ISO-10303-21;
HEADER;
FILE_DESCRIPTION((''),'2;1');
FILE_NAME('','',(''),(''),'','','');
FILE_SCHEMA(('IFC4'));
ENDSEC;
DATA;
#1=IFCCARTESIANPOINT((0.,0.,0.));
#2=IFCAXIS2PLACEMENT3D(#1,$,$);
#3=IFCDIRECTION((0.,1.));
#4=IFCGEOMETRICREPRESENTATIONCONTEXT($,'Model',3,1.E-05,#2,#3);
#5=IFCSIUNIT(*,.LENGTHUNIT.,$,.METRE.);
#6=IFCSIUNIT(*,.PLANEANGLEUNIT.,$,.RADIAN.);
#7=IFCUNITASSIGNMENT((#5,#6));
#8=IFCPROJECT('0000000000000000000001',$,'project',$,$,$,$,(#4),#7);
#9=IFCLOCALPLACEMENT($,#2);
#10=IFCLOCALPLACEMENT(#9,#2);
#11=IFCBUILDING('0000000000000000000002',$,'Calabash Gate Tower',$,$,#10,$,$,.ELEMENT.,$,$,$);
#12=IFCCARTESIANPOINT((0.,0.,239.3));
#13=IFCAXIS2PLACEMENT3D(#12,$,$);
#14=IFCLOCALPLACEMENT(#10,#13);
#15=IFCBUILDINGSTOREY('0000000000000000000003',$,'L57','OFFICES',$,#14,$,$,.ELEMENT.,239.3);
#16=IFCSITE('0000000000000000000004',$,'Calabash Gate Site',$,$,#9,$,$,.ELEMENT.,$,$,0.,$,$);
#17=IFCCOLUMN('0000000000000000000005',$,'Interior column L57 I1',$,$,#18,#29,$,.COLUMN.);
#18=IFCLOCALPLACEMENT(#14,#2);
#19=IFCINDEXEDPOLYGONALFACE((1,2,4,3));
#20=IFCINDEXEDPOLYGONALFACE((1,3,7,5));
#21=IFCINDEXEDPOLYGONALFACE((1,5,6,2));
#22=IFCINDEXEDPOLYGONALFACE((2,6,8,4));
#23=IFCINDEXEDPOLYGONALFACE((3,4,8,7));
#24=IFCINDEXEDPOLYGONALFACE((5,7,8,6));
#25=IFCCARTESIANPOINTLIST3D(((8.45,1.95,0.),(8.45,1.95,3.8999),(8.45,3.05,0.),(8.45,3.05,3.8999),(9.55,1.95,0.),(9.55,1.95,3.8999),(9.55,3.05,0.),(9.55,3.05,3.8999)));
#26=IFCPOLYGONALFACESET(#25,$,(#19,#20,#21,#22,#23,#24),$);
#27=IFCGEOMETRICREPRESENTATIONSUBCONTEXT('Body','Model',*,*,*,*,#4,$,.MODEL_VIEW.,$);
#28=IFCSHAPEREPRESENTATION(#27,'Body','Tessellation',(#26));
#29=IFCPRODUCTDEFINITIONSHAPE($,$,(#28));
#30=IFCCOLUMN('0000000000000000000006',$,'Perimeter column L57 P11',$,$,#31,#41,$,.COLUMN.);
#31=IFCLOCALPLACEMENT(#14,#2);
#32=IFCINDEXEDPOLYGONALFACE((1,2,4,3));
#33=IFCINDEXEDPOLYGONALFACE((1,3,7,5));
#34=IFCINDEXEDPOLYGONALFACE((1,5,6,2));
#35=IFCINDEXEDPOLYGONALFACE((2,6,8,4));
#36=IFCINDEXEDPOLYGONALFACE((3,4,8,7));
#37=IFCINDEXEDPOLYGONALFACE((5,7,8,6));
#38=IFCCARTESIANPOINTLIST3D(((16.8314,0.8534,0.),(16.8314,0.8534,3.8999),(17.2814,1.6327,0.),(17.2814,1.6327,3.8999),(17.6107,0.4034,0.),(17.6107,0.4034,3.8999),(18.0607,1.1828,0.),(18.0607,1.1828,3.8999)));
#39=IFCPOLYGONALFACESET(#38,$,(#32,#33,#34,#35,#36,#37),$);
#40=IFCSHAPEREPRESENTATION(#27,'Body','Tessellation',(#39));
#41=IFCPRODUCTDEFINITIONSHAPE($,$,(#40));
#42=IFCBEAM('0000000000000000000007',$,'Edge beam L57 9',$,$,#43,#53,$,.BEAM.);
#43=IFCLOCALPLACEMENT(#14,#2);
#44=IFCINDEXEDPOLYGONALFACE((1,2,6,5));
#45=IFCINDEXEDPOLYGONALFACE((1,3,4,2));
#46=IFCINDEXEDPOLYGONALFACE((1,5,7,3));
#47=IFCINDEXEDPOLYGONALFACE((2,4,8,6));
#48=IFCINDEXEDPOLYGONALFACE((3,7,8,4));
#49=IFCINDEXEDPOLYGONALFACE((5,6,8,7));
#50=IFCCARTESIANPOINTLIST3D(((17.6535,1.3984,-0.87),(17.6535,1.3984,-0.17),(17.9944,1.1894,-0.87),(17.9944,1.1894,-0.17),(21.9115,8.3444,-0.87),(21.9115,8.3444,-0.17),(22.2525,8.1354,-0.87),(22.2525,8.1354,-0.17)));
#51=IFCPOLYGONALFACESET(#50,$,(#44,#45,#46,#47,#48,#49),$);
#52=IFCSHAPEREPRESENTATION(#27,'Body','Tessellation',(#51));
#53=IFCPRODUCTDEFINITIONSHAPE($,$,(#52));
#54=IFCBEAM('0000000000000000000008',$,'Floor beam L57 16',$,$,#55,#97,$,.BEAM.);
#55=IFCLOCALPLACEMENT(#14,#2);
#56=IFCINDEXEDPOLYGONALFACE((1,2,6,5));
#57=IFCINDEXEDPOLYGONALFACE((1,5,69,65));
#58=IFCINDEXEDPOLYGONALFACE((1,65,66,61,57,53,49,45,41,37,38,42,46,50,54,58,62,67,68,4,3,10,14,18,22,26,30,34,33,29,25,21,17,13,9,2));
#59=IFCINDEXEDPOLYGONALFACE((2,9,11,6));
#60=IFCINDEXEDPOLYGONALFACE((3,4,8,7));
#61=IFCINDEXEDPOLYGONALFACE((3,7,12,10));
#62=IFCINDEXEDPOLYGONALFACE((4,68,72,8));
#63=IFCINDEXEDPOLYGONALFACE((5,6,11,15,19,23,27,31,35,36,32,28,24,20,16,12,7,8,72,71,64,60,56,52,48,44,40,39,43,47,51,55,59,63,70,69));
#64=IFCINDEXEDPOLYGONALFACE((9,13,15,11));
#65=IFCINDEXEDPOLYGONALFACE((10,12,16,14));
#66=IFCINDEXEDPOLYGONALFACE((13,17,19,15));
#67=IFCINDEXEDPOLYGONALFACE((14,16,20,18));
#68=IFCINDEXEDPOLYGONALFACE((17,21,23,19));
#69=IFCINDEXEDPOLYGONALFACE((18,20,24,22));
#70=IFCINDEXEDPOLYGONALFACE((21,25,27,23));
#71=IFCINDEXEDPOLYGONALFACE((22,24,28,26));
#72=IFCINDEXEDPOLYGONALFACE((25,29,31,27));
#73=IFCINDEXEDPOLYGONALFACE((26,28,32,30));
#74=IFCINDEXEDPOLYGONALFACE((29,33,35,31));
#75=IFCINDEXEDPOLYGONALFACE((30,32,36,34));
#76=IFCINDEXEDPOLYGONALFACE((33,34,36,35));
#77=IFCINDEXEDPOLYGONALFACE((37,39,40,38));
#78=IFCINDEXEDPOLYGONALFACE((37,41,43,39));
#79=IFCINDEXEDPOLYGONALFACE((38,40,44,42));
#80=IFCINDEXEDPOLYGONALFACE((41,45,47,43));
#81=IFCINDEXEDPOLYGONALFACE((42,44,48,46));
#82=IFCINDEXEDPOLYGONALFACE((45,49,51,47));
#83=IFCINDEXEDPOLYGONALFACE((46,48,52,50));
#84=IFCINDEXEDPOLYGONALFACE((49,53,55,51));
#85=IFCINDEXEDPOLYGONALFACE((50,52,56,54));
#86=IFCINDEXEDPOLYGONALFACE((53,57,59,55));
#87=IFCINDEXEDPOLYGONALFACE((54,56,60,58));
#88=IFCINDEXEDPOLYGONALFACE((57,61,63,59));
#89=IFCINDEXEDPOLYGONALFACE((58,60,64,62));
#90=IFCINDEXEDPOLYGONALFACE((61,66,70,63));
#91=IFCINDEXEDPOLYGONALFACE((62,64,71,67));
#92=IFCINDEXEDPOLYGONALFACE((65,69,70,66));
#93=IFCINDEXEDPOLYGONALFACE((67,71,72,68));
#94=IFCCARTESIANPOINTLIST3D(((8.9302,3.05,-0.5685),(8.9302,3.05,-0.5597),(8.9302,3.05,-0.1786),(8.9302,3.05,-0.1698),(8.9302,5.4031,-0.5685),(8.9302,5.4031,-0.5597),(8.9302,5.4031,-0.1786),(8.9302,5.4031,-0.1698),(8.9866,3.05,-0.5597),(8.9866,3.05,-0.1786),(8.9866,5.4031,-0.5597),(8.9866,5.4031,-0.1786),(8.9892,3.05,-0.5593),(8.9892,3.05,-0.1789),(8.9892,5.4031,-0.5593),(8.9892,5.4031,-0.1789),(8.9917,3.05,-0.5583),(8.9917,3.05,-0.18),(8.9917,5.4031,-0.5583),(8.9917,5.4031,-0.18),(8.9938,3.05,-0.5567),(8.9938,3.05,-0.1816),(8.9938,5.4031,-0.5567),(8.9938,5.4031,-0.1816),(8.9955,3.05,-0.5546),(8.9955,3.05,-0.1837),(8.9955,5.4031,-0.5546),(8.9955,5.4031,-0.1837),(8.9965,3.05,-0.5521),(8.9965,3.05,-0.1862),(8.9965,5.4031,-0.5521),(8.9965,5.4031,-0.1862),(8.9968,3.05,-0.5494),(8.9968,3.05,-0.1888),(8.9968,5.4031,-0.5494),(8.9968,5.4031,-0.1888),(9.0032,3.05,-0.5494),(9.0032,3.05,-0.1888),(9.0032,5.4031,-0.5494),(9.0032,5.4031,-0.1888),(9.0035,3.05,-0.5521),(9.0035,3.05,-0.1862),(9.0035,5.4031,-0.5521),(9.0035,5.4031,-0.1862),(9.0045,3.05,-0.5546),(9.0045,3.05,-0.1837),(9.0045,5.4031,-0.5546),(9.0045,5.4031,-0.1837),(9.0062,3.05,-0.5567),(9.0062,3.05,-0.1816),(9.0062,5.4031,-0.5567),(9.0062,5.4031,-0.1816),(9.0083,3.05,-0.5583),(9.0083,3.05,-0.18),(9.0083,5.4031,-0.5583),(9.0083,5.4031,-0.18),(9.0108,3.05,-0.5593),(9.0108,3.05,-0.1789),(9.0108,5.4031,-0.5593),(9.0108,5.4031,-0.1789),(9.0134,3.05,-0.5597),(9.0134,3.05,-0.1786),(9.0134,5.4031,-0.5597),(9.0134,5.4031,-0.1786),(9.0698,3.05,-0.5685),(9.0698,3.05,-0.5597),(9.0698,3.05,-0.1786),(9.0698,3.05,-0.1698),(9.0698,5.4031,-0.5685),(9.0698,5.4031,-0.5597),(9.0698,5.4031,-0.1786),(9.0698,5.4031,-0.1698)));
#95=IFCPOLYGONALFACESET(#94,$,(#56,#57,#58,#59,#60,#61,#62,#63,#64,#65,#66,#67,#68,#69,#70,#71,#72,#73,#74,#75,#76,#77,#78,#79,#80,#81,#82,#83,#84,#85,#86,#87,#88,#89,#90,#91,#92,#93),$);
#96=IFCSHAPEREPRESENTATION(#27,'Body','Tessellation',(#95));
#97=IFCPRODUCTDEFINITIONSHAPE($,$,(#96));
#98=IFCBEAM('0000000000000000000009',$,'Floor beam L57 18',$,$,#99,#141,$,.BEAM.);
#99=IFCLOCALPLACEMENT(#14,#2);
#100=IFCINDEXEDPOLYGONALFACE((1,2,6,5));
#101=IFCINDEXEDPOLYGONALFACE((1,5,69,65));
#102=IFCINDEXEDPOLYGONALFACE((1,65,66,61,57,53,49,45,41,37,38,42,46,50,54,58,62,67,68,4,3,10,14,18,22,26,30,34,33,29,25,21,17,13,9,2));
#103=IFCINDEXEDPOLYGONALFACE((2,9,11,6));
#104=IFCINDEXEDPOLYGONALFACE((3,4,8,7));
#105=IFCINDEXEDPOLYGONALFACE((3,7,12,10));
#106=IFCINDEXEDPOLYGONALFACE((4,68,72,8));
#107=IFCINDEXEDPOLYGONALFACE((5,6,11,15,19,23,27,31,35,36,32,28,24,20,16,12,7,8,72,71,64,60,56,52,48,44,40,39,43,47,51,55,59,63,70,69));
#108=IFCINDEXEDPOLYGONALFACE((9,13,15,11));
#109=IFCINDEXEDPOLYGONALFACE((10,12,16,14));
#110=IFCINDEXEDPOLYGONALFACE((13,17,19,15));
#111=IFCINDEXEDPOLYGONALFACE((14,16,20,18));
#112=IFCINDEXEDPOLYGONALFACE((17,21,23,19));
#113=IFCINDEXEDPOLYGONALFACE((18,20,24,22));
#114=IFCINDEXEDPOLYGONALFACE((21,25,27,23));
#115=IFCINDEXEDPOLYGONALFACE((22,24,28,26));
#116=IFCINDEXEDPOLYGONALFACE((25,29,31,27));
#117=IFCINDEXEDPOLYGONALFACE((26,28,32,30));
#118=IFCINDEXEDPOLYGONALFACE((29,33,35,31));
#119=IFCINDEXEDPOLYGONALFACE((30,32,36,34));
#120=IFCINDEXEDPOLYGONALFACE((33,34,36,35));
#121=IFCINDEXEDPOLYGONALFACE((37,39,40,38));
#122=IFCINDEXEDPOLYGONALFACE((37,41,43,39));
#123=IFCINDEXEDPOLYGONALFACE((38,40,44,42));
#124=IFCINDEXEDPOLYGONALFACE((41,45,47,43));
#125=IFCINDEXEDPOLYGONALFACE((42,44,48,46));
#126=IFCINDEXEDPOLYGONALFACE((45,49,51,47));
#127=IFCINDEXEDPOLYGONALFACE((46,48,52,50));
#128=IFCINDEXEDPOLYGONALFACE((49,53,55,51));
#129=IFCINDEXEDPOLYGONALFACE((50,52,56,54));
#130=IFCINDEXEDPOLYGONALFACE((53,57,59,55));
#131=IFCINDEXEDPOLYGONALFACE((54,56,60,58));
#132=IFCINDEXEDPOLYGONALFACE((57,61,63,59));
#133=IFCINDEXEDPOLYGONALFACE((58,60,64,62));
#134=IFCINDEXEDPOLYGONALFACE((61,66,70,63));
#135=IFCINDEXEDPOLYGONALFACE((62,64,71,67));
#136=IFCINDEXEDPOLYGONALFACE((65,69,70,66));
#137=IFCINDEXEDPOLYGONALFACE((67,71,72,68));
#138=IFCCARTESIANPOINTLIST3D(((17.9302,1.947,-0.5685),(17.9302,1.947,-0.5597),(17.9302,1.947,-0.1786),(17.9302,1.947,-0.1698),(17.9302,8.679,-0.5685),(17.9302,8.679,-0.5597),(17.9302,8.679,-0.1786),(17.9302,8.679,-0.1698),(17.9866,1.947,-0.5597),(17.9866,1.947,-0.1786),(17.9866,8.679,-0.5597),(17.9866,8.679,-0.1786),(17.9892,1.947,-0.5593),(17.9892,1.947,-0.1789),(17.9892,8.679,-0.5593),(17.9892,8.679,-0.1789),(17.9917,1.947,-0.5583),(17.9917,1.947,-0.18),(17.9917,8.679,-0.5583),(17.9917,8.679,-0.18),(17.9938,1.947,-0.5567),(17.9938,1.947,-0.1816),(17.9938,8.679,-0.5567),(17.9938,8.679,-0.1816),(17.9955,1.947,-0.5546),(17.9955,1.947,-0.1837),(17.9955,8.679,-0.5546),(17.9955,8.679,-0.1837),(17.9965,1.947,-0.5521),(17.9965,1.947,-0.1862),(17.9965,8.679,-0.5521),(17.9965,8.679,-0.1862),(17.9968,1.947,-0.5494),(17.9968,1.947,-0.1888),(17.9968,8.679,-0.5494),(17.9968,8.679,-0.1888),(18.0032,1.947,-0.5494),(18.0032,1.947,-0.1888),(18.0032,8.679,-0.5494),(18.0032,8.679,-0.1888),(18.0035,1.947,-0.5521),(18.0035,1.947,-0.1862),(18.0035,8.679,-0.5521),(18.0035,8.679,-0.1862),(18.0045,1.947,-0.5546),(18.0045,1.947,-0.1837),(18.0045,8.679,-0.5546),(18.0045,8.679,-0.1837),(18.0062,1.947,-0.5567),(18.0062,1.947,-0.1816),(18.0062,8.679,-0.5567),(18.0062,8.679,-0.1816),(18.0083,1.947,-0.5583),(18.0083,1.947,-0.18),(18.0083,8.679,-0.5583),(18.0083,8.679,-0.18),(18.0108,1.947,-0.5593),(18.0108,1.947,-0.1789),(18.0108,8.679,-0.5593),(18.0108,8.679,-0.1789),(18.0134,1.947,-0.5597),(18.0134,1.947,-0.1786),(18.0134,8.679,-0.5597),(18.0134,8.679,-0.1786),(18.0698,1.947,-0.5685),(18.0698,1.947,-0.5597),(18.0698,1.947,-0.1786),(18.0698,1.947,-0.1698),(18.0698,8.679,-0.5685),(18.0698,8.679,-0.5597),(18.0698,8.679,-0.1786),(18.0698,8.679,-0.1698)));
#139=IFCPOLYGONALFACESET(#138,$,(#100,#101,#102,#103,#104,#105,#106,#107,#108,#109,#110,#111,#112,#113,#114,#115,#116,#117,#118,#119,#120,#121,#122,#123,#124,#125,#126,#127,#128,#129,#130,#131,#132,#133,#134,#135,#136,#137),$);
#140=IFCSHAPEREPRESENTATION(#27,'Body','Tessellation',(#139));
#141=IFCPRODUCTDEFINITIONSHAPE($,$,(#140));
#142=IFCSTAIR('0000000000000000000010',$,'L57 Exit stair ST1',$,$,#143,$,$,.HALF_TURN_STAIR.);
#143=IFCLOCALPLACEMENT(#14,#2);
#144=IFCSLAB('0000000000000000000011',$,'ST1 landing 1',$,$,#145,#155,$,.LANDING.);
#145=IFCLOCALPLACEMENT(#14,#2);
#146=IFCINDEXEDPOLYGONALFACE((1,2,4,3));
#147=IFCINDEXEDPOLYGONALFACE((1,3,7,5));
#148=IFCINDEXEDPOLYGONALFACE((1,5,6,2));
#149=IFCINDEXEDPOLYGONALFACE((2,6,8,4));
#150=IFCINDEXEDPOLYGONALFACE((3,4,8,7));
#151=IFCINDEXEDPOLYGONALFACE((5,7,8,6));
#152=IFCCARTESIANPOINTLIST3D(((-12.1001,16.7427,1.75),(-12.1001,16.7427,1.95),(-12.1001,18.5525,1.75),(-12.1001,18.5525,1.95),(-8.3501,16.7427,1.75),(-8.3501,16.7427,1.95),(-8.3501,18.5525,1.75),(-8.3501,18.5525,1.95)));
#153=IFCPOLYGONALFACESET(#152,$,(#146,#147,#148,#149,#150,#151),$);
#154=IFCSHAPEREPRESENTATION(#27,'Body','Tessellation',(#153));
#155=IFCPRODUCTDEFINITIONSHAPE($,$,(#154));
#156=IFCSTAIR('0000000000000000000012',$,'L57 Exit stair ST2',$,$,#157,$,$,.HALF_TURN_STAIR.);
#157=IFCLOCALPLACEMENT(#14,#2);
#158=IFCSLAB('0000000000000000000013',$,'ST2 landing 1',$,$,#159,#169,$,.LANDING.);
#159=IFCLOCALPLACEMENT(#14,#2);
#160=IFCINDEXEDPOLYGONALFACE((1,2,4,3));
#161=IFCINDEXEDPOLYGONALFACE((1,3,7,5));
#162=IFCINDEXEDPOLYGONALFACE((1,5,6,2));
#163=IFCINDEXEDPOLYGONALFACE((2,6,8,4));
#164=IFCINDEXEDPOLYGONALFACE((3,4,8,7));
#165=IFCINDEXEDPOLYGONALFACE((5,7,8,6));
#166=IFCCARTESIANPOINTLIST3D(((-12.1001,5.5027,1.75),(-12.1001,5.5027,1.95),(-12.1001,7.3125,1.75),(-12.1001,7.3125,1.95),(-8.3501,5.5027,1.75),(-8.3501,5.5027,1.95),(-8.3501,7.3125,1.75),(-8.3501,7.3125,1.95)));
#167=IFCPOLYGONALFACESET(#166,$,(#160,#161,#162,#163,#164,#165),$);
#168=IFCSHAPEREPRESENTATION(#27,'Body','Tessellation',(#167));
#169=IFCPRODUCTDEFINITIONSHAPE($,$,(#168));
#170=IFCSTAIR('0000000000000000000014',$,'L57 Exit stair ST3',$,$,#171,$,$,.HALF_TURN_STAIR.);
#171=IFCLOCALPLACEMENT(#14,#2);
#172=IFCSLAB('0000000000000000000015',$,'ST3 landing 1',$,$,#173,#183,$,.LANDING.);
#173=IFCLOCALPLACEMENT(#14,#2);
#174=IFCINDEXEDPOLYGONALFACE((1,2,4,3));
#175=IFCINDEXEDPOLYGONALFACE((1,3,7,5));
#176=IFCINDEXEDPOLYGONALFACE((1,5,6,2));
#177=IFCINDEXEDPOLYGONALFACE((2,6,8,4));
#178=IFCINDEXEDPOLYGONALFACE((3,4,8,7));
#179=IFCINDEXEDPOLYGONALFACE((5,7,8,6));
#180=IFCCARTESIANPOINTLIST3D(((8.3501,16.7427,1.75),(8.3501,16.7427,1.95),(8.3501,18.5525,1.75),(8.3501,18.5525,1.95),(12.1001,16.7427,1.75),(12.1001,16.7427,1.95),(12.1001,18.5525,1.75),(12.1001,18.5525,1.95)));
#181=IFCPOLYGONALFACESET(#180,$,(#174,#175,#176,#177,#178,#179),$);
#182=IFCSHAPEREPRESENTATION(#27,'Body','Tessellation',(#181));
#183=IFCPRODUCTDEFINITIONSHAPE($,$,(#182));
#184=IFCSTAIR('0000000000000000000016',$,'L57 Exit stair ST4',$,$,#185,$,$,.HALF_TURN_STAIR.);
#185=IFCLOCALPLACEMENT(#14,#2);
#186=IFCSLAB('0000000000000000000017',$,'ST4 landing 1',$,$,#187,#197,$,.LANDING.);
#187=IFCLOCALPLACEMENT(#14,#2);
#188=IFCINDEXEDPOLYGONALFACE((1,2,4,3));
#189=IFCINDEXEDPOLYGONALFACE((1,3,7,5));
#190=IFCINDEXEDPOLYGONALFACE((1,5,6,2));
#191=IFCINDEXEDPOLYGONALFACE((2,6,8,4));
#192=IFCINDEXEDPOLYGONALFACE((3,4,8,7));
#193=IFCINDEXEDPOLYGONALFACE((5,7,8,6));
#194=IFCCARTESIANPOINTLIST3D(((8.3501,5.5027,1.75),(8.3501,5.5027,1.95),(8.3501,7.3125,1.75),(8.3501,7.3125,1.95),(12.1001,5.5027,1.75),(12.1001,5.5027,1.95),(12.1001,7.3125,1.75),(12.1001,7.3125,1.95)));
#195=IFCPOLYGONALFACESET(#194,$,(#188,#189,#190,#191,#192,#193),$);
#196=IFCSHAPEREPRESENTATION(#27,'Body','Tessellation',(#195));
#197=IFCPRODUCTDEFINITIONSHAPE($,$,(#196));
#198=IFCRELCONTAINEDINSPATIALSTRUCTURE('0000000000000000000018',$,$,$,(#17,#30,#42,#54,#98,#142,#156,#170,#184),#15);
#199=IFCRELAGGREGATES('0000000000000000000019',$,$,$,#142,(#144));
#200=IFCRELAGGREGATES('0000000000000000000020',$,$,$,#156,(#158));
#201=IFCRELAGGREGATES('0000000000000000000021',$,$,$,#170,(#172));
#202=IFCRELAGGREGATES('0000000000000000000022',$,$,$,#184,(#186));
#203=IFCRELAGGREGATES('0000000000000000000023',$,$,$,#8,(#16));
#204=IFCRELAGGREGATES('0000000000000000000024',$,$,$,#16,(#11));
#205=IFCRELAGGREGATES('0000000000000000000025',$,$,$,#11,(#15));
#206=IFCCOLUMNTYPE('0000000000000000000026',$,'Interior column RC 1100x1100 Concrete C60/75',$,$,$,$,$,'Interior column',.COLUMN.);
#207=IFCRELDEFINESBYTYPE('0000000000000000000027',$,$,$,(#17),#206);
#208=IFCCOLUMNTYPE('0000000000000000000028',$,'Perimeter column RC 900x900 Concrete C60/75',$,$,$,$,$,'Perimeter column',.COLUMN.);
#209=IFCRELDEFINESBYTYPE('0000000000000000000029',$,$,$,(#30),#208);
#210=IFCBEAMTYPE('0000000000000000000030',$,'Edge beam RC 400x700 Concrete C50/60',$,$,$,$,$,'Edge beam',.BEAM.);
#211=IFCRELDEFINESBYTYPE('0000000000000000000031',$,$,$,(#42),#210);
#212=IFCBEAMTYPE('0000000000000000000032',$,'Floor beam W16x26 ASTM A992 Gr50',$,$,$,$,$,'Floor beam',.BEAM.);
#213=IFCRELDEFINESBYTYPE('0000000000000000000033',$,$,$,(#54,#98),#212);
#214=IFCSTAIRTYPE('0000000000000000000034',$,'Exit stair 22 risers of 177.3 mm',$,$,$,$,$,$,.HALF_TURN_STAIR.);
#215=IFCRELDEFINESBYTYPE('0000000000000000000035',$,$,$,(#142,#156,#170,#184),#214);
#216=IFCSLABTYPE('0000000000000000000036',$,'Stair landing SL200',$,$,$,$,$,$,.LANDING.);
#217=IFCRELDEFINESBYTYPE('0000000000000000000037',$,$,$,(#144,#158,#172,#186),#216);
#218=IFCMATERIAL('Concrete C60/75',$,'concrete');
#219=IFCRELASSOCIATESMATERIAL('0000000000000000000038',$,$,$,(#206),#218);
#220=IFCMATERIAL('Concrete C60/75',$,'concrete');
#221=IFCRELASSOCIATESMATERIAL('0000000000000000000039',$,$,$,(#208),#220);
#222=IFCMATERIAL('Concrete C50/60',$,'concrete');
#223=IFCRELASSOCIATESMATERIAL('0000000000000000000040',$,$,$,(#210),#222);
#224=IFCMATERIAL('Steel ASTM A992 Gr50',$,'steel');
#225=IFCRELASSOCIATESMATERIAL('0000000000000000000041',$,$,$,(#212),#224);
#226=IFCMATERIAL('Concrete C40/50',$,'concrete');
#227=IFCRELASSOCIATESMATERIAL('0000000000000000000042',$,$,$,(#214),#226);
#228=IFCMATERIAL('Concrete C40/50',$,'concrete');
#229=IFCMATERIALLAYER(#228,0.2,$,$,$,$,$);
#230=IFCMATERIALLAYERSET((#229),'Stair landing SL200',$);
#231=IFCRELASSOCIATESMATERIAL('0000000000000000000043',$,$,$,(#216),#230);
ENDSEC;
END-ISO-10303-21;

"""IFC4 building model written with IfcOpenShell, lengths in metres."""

from ifc_helpers import new_model, si_unit, direction, frame, origin, origin_2d, place, context, subcontext, project, spatial, polyline, rectangle, i_section, outline, extrude, material, layer, layer_set, material_profile, profile_set, type_object, element, aggregate, save


model = new_model("IFC4")

# Units and contexts
model_context = context("Model", 3, precision=1e-05, world=origin(), true_north=direction((0.0, 1.0)))
body_context = subcontext(model_context, "Body", "Model", "MODEL_VIEW")
ifc_project = project(units=[si_unit("LENGTHUNIT", "METRE"), si_unit("PLANEANGLEUNIT", "RADIAN")], contexts=[model_context])

# Site, building, storey
site_placement = place(None, origin())
site = spatial("IfcSite", under=ifc_project, at=site_placement, Name="Calabash Gate Site", CompositionType="ELEMENT", RefElevation=0.0)
building_placement = place(site_placement, origin())
building = spatial("IfcBuilding", under=site, at=building_placement, Name="Calabash Gate Tower", CompositionType="ELEMENT")
storey_placement = place(building_placement, frame((0.0, 0.0, 239.3)))
storey = spatial("IfcBuildingStorey", under=building, at=storey_placement, Name="L57", Description="OFFICES", CompositionType="ELEMENT", Elevation=239.3)

# Columns
ifc_material_1 = material(Name="Concrete C60/75", Category="concrete")
ifc_material_profile_1 = material_profile(ifc_material_1, rectangle(XDim=1.1001, YDim=1.1001, at=origin_2d()))
ifc_profile_set_1 = profile_set([ifc_material_profile_1], Name="Concrete C60/75")
column_type_1 = type_object("IfcColumnType", Name="Interior column RC 1100x1100 Concrete C60/75", ElementType="Interior column", PredefinedType="COLUMN", material=ifc_profile_set_1)
column_1_placement = place(storey_placement, frame((9.0, 2.5, 0.0), z_axis=(0.0, 0.0, 1.0), x_axis=(1.0, 0.0, 0.0)))
element("IfcColumn", 1, at=column_1_placement, inside=storey, type_object=column_type_1, Name="Interior column L57 I1", PredefinedType="COLUMN", context=body_context, shape_type="SweptSolid", body=[
    extrude(rectangle(XDim=1.1001, YDim=1.1001, at=origin_2d()), origin(), (0.0, 0.0, 1.0), 3.8999),
])
ifc_material_2 = material(Name="Concrete C60/75", Category="concrete")
ifc_material_profile_2 = material_profile(ifc_material_2, rectangle(XDim=0.8999, YDim=0.8999, at=origin_2d()))
ifc_profile_set_2 = profile_set([ifc_material_profile_2], Name="Concrete C60/75")
column_type_2 = type_object("IfcColumnType", Name="Perimeter column RC 900x900 Concrete C60/75", ElementType="Perimeter column", PredefinedType="COLUMN", material=ifc_profile_set_2)
column_2_placement = place(storey_placement, frame((17.446, 1.0181, 0.0), z_axis=(0.0, 0.0, 1.0), x_axis=(0.5, 0.866025, 0.0)))
element("IfcColumn", 2, at=column_2_placement, inside=storey, type_object=column_type_2, Name="Perimeter column L57 P11", PredefinedType="COLUMN", context=body_context, shape_type="SweptSolid", body=[
    extrude(rectangle(XDim=0.8999, YDim=0.8999, at=origin_2d()), origin(), (0.0, 0.0, 1.0), 3.8999),
])

# Beams
ifc_material_3 = material(Name="Concrete C50/60", Category="concrete")
ifc_material_profile_3 = material_profile(ifc_material_3, rectangle(XDim=0.3999, YDim=0.7, at=origin_2d()))
ifc_profile_set_3 = profile_set([ifc_material_profile_3], Name="Concrete C50/60")
beam_type_1 = type_object("IfcBeamType", Name="Edge beam RC 400x700 Concrete C50/60", ElementType="Edge beam", PredefinedType="BEAM", material=ifc_profile_set_3)
beam_1_placement = place(storey_placement, frame((17.824, 1.2939, -0.52), z_axis=(0.522634, 0.852557, 0.0), x_axis=(-0.852557, 0.522634, 0.0)))
element("IfcBeam", 3, at=beam_1_placement, inside=storey, type_object=beam_type_1, Name="Edge beam L57 9", PredefinedType="BEAM", context=body_context, shape_type="SweptSolid", body=[
    extrude(rectangle(XDim=0.3999, YDim=0.7, at=origin_2d()), origin(), (0.0, 0.0, 1.0), 8.1472),
])
ifc_material_4 = material(Name="Steel ASTM A992 Gr50", Category="steel")
ifc_material_profile_4 = material_profile(ifc_material_4, i_section(OverallWidth=0.1396, OverallDepth=0.3987, WebThickness=0.0063, FlangeThickness=0.0088, FilletRadius=0.0103, at=origin_2d()))
ifc_profile_set_4 = profile_set([ifc_material_profile_4], Name="Steel ASTM A992 Gr50")
beam_type_2 = type_object("IfcBeamType", Name="Floor beam W16x26 ASTM A992 Gr50", ElementType="Floor beam", PredefinedType="BEAM", material=ifc_profile_set_4)
beam_2_placement = place(storey_placement, frame((9.0, 3.05, -0.3691), z_axis=(0.0, 1.0, 0.0), x_axis=(-1.0, 0.0, 0.0)))
element("IfcBeam", 4, at=beam_2_placement, inside=storey, type_object=beam_type_2, Name="Floor beam L57 16", PredefinedType="BEAM", context=body_context, shape_type="SweptSolid", body=[
    extrude(i_section(OverallWidth=0.1396, OverallDepth=0.3987, WebThickness=0.0063, FlangeThickness=0.0088, FilletRadius=0.0103, at=origin_2d()), origin(), (0.0, 0.0, 1.0), 2.353),
])
beam_3_placement = place(storey_placement, frame((18.0, 1.947, -0.3691), z_axis=(0.0, 1.0, 0.0), x_axis=(-1.0, 0.0, 0.0)))
element("IfcBeam", 5, at=beam_3_placement, inside=storey, type_object=beam_type_2, Name="Floor beam L57 18", PredefinedType="BEAM", context=body_context, shape_type="SweptSolid", body=[
    extrude(i_section(OverallWidth=0.1396, OverallDepth=0.3987, WebThickness=0.0063, FlangeThickness=0.0088, FilletRadius=0.0103, at=origin_2d()), origin(), (0.0, 0.0, 1.0), 6.7319),
])

# Stairs, slabs
ifc_material_5 = material(Name="Concrete C40/50", Category="concrete")
stair_type = type_object("IfcStairType", Name="Exit stair 22 risers of 177.3 mm", PredefinedType="HALF_TURN_STAIR", material=ifc_material_5)
stair_1_placement = place(storey_placement, origin())
stair_1 = element("IfcStair", 6, at=stair_1_placement, inside=storey, type_object=stair_type, Name="L57 Exit stair ST1", PredefinedType="HALF_TURN_STAIR")
ifc_material_6 = material(Name="Concrete C40/50", Category="concrete")
ifc_layer_1 = layer(ifc_material_6, 0.2)
ifc_layer_set_1 = layer_set([ifc_layer_1], Name="Stair landing SL200")
slab_type = type_object("IfcSlabType", Name="Stair landing SL200", PredefinedType="LANDING", material=ifc_layer_set_1)
slab_1_placement = place(storey_placement, frame((0.0, 0.0, 1.75)))
slab_1 = element("IfcSlab", 7, at=slab_1_placement, type_object=slab_type, Name="ST1 landing 1", PredefinedType="LANDING", context=body_context, shape_type="SweptSolid", body=[
    extrude(outline(polyline([(-8.3501, 16.7427), (-8.3501, 18.5525), (-12.1001, 18.5525), (-12.1001, 16.7427), (-8.3501, 16.7427)])), origin(), (0.0, 0.0, 1.0), 0.2),
])
aggregate(stair_1, [slab_1])
stair_2_placement = place(storey_placement, origin())
stair_2 = element("IfcStair", 8, at=stair_2_placement, inside=storey, type_object=stair_type, Name="L57 Exit stair ST2", PredefinedType="HALF_TURN_STAIR")
slab_2_placement = place(storey_placement, frame((0.0, 0.0, 1.75)))
slab_2 = element("IfcSlab", 9, at=slab_2_placement, type_object=slab_type, Name="ST2 landing 1", PredefinedType="LANDING", context=body_context, shape_type="SweptSolid", body=[
    extrude(outline(polyline([(-12.1001, 7.3125), (-12.1001, 5.5027), (-8.3501, 5.5027), (-8.3501, 7.3125), (-12.1001, 7.3125)])), origin(), (0.0, 0.0, 1.0), 0.2),
])
aggregate(stair_2, [slab_2])
stair_3_placement = place(storey_placement, origin())
stair_3 = element("IfcStair", 10, at=stair_3_placement, inside=storey, type_object=stair_type, Name="L57 Exit stair ST3", PredefinedType="HALF_TURN_STAIR")
slab_3_placement = place(storey_placement, frame((0.0, 0.0, 1.75)))
slab_3 = element("IfcSlab", 11, at=slab_3_placement, type_object=slab_type, Name="ST3 landing 1", PredefinedType="LANDING", context=body_context, shape_type="SweptSolid", body=[
    extrude(outline(polyline([(12.1001, 16.7427), (12.1001, 18.5525), (8.3501, 18.5525), (8.3501, 16.7427), (12.1001, 16.7427)])), origin(), (0.0, 0.0, 1.0), 0.2),
])
aggregate(stair_3, [slab_3])
stair_4_placement = place(storey_placement, origin())
stair_4 = element("IfcStair", 12, at=stair_4_placement, inside=storey, type_object=stair_type, Name="L57 Exit stair ST4", PredefinedType="HALF_TURN_STAIR")
slab_4_placement = place(storey_placement, frame((0.0, 0.0, 1.75)))
slab_4 = element("IfcSlab", 13, at=slab_4_placement, type_object=slab_type, Name="ST4 landing 1", PredefinedType="LANDING", context=body_context, shape_type="SweptSolid", body=[
    extrude(outline(polyline([(8.3501, 7.3125), (8.3501, 5.5027), (12.1001, 5.5027), (12.1001, 7.3125), (8.3501, 7.3125)])), origin(), (0.0, 0.0, 1.0), 0.2),
])
aggregate(stair_4, [slab_4])

save(model, "model.ifc")
